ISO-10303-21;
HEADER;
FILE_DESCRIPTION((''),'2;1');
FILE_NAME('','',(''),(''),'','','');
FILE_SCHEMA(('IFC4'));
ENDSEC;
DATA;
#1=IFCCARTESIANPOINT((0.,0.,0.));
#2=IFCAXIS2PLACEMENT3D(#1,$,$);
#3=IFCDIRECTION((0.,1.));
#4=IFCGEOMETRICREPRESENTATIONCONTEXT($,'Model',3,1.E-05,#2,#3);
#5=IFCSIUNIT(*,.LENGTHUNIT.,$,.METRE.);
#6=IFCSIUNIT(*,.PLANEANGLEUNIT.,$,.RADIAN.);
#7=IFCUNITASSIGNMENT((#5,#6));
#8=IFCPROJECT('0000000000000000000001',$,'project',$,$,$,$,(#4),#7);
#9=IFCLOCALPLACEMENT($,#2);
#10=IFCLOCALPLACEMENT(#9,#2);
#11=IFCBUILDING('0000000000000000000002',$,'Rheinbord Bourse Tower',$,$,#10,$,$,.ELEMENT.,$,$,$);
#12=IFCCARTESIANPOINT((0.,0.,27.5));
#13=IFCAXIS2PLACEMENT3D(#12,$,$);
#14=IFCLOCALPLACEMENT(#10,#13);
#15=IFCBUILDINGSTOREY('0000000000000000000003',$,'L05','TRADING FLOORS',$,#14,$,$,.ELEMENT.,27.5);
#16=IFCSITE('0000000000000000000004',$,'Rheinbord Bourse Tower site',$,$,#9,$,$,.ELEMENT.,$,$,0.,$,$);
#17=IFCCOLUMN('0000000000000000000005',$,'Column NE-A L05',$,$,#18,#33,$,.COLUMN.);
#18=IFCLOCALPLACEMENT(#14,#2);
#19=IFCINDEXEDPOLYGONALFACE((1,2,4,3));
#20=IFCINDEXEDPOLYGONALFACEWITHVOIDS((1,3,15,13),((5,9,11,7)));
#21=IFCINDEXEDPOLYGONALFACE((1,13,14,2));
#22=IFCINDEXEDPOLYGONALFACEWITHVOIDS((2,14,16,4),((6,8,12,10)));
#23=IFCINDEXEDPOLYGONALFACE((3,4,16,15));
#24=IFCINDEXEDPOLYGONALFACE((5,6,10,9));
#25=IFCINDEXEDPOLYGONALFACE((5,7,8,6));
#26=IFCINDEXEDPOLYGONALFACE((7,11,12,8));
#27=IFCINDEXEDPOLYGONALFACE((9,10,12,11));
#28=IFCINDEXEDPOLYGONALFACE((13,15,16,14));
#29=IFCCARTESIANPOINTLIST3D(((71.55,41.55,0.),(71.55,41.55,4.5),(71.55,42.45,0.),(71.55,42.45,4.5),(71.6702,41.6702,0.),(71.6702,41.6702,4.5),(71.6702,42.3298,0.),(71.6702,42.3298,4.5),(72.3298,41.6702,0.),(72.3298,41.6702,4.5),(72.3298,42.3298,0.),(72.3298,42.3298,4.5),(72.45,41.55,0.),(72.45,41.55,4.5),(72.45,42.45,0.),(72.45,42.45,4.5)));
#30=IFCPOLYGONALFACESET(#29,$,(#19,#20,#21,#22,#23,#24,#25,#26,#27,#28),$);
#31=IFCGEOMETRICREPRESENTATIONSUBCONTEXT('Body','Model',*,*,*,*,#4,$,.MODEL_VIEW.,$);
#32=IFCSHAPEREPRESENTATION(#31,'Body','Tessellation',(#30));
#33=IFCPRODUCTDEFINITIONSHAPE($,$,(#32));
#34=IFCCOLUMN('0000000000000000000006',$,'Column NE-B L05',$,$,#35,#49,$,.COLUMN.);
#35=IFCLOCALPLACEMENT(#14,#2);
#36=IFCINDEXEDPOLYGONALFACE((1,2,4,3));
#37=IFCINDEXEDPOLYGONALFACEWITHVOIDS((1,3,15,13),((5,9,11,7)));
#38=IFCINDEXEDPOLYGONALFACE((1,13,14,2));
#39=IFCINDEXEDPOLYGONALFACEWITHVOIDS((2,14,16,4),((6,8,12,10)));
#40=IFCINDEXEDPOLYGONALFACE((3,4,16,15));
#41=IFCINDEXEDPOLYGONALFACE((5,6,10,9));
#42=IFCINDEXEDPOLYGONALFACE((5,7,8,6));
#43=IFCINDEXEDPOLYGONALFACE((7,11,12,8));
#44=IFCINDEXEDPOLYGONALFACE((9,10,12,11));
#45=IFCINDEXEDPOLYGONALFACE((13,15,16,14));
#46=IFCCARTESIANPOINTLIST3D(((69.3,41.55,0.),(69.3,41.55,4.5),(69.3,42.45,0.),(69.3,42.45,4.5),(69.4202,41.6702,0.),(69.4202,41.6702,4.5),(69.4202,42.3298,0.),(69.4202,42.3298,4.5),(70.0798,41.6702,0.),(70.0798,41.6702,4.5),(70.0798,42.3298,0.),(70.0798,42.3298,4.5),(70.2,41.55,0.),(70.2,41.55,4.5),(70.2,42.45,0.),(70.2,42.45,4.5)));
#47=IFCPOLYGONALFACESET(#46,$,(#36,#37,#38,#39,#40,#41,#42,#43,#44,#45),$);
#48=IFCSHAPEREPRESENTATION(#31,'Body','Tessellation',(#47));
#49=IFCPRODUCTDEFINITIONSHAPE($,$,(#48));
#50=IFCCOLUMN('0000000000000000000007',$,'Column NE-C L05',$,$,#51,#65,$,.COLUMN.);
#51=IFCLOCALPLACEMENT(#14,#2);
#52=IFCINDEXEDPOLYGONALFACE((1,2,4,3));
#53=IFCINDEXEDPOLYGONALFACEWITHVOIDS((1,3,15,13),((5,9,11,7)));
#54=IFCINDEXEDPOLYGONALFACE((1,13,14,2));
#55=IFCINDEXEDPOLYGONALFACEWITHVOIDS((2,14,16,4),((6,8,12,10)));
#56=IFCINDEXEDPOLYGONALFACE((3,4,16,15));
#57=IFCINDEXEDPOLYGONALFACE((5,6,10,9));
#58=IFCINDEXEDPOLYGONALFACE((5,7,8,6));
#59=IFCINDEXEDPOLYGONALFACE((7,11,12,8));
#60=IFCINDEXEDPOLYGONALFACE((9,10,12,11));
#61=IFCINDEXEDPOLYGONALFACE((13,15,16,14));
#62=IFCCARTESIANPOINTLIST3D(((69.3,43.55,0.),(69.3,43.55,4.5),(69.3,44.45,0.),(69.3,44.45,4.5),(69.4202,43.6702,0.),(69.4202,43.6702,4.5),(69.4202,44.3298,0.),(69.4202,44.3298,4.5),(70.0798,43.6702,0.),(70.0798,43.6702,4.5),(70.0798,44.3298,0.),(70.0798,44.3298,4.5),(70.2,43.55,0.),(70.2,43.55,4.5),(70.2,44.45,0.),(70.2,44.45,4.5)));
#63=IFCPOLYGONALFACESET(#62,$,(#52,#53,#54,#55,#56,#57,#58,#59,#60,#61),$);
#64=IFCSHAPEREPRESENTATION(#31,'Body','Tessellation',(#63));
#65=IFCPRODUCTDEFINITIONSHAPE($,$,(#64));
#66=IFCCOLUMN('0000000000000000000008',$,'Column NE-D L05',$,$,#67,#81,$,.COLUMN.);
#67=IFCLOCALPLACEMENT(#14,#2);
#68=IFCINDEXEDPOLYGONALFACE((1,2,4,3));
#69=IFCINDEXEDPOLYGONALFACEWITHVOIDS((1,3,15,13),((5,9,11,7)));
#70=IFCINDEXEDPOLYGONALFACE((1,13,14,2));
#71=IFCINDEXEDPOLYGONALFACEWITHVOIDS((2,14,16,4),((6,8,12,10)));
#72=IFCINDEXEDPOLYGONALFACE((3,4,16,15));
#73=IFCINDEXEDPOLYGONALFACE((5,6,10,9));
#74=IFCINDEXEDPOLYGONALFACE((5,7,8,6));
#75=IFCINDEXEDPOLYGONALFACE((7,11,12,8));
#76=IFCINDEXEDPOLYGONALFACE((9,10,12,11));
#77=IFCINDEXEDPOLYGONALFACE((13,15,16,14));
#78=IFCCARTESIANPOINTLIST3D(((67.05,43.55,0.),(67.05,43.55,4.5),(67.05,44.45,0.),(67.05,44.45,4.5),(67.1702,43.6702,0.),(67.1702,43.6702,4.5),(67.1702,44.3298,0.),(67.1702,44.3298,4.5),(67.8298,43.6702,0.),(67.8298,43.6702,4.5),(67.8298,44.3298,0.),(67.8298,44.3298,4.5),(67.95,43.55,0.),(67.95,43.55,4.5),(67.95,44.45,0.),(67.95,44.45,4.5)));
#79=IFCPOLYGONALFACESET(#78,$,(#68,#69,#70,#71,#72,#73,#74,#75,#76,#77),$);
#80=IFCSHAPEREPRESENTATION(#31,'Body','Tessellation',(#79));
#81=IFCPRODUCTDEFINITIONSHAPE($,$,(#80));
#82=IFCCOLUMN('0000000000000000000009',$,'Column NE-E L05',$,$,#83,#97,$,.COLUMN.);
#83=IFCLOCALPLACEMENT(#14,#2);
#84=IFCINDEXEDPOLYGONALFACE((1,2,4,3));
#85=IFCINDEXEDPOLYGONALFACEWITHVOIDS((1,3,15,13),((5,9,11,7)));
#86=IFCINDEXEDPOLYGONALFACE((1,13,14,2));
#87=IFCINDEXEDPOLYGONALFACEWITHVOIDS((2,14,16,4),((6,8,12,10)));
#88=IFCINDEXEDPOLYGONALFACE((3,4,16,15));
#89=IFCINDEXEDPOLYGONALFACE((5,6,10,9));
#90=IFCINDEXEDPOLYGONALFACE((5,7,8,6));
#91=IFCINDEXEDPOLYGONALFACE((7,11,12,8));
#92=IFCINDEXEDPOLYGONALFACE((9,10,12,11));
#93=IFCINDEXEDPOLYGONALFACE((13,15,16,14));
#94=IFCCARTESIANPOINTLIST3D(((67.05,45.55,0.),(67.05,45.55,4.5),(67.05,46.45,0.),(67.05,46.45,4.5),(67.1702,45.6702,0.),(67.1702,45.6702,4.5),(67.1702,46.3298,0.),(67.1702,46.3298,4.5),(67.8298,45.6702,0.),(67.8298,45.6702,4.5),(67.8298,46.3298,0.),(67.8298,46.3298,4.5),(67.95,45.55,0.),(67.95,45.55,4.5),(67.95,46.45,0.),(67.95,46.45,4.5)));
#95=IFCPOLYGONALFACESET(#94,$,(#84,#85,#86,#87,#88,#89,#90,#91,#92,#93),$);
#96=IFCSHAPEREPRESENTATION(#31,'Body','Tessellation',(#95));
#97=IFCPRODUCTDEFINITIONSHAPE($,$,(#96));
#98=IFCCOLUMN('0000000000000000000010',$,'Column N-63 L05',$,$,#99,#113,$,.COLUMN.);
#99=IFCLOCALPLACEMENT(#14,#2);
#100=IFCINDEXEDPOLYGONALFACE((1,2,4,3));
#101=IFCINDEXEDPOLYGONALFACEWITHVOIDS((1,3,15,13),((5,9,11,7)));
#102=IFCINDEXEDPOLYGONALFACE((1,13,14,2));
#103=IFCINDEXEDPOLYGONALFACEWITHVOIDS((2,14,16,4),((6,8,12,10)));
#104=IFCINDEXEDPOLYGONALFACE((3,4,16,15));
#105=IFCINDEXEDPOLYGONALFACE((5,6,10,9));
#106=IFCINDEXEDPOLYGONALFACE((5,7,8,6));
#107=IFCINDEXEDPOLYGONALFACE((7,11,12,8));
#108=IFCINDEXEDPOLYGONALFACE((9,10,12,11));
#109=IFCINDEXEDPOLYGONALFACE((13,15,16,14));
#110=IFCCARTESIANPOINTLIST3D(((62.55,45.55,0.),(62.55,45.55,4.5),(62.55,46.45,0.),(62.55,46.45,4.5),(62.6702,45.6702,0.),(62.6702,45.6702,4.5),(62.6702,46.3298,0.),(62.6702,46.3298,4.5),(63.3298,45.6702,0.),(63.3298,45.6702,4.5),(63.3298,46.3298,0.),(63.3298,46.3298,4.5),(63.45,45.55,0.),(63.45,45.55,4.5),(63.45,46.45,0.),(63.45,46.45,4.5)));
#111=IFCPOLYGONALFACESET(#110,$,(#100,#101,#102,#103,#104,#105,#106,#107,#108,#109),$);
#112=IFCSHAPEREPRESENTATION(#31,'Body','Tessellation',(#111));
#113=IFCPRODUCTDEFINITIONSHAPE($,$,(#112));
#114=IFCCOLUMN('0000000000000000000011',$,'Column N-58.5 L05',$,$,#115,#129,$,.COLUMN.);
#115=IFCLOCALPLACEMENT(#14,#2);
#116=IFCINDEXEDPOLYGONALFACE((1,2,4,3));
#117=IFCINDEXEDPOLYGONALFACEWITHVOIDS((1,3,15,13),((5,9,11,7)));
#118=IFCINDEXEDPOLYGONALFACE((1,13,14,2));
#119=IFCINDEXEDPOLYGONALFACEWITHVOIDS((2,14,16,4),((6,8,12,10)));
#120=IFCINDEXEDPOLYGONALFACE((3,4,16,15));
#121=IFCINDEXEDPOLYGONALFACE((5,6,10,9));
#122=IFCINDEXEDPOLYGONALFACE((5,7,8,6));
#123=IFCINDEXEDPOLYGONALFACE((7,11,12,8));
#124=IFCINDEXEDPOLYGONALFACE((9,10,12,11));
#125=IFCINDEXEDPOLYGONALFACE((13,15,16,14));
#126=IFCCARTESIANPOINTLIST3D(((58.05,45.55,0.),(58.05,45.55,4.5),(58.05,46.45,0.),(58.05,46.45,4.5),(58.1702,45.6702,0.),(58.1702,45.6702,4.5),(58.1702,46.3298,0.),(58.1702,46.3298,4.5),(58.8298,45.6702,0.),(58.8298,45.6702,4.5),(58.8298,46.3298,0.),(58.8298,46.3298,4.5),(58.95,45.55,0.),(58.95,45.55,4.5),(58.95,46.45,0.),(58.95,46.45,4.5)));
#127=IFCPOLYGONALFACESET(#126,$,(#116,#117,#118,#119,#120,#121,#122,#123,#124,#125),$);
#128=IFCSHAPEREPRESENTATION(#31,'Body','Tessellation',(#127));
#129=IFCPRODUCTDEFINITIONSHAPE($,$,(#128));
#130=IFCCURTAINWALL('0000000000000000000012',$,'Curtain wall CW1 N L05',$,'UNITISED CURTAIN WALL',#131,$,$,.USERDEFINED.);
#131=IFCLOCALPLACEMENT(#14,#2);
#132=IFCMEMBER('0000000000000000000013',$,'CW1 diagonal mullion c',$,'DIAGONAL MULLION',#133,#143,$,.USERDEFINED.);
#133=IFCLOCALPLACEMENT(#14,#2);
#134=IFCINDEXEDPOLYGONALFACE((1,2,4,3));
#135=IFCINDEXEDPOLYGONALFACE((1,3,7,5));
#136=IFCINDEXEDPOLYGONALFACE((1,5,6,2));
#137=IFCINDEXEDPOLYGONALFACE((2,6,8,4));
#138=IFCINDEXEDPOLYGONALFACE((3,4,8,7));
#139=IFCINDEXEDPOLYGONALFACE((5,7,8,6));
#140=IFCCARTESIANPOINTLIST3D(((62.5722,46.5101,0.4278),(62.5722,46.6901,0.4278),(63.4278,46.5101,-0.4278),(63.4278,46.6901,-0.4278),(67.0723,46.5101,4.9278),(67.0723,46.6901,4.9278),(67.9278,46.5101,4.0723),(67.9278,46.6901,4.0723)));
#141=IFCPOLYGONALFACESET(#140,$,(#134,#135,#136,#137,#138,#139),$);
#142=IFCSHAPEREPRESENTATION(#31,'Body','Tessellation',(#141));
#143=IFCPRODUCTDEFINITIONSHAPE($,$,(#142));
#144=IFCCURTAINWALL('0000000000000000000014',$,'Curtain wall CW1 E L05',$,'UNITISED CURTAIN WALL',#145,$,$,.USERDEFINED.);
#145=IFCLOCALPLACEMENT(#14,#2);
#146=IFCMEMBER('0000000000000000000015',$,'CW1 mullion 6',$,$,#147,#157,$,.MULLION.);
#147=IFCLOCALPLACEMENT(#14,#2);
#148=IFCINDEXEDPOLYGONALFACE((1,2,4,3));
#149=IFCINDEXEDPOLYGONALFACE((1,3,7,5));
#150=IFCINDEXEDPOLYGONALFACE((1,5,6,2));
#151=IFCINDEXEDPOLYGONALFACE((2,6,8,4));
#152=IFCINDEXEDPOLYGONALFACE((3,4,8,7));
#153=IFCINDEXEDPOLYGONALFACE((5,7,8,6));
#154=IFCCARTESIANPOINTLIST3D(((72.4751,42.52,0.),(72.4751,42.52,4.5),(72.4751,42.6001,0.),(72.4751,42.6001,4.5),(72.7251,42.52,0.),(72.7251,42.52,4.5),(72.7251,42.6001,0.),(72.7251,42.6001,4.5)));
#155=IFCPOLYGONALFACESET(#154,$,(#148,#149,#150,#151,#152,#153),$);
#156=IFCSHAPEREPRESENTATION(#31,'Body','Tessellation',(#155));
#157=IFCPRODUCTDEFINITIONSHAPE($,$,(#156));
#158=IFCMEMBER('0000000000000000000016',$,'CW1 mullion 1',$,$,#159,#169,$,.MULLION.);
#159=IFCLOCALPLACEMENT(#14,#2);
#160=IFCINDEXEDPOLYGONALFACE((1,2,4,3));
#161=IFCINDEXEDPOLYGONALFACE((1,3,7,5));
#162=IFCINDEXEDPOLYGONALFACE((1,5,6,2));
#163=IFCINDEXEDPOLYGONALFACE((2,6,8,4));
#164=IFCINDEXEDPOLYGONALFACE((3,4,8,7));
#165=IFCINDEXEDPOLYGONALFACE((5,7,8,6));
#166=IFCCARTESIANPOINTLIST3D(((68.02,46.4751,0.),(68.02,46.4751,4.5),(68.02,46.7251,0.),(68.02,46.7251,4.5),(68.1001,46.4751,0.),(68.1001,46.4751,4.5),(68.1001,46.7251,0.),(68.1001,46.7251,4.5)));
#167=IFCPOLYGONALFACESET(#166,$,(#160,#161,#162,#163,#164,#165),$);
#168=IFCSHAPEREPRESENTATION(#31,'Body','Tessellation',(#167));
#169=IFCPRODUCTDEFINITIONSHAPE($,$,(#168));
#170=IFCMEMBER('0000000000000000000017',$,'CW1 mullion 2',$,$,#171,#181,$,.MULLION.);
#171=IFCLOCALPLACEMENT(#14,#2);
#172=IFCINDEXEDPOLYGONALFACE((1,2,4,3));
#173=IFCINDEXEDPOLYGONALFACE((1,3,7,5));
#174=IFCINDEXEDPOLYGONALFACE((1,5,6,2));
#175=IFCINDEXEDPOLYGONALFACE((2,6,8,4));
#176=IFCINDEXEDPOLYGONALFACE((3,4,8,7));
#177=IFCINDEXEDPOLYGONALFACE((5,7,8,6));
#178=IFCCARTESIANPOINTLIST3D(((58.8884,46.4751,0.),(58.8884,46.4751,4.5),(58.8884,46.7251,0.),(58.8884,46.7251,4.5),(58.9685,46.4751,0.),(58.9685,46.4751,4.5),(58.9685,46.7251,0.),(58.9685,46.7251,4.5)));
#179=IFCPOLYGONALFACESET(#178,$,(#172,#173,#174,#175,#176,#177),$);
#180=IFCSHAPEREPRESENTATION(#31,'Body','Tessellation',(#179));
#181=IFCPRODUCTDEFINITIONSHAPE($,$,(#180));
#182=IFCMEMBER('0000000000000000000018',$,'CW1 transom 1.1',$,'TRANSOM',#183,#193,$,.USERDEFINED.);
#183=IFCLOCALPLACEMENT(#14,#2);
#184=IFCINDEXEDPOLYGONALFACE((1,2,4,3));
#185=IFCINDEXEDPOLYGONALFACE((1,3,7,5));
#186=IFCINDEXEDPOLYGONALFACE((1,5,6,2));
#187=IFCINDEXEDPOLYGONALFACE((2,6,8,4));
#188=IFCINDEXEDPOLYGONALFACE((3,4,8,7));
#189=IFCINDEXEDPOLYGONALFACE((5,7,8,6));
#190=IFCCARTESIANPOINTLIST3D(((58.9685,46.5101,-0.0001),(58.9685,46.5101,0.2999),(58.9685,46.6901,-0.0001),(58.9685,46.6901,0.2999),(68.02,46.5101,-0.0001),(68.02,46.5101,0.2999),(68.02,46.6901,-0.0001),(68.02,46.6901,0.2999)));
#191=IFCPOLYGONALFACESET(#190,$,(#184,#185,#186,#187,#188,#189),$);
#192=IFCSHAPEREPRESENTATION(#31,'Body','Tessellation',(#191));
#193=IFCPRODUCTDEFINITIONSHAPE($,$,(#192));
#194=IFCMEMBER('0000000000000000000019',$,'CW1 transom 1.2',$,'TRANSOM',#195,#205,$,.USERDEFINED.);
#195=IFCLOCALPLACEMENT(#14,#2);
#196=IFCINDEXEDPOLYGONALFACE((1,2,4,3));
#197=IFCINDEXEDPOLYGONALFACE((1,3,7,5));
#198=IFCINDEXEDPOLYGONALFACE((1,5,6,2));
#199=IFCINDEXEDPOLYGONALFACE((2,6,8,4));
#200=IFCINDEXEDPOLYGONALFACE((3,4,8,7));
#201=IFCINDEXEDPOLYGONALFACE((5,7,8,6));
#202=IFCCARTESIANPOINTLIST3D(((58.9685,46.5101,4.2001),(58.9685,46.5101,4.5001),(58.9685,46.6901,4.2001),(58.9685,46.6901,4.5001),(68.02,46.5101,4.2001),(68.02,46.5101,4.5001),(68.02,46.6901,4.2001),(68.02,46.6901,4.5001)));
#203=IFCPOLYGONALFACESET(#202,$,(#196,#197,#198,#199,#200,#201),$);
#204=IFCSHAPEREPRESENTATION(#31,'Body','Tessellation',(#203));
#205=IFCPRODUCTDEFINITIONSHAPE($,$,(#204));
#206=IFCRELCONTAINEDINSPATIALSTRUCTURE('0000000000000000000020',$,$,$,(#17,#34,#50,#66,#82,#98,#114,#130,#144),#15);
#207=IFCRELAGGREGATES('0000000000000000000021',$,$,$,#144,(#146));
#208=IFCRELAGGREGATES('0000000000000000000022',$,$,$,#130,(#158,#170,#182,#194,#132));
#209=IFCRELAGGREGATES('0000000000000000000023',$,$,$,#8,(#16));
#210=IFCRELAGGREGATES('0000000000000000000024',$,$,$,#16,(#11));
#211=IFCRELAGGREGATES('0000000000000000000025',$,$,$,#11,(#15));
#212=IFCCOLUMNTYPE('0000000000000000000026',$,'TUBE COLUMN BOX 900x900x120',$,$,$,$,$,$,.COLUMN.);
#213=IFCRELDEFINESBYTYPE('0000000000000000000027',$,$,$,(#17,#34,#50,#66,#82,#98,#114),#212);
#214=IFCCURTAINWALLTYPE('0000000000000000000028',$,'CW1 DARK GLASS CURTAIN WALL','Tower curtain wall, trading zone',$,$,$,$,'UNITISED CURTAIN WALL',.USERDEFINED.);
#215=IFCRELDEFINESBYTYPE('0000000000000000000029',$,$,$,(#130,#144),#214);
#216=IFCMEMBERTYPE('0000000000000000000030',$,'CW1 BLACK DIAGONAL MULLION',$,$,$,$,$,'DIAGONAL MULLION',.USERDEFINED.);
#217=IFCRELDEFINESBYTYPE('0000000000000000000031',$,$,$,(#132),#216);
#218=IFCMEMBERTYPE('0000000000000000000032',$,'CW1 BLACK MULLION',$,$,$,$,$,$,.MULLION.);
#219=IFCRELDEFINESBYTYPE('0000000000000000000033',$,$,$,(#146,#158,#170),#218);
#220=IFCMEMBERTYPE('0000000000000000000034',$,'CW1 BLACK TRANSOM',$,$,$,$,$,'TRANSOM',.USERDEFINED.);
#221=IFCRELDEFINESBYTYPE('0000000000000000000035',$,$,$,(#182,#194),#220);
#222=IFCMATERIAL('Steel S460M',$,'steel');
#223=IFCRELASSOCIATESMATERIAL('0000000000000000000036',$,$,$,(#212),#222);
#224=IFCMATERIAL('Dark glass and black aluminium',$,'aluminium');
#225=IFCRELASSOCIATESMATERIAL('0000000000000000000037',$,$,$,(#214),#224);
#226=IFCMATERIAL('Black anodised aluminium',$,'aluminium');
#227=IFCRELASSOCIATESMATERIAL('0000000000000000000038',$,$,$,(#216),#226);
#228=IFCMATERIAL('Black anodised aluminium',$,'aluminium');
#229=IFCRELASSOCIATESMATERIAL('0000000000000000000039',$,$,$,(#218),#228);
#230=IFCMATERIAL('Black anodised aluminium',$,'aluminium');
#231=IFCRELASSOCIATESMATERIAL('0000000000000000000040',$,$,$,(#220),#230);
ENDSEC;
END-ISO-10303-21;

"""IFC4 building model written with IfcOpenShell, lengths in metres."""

from ifc_helpers import new_model, si_unit, direction, frame, origin, origin_2d, place, context, subcontext, project, spatial, rectangle, hollow_rectangle, extrude, material, material_profile, profile_set, type_object, element, aggregate, save


model = new_model("IFC4")

# Units and contexts
model_context = context("Model", 3, precision=1e-05, world=origin(), true_north=direction((0.0, 1.0)))
body_context = subcontext(model_context, "Body", "Model", "MODEL_VIEW")
ifc_project = project(units=[si_unit("LENGTHUNIT", "METRE"), si_unit("PLANEANGLEUNIT", "RADIAN")], contexts=[model_context])

# Site, building, storey
site_placement = place(None, origin())
site = spatial("IfcSite", under=ifc_project, at=site_placement, Name="Rheinbord Bourse Tower site", CompositionType="ELEMENT", RefElevation=0.0)
building_placement = place(site_placement, origin())
building = spatial("IfcBuilding", under=site, at=building_placement, Name="Rheinbord Bourse Tower", CompositionType="ELEMENT")
storey_placement = place(building_placement, frame((0.0, 0.0, 27.5)))
storey = spatial("IfcBuildingStorey", under=building, at=storey_placement, Name="L05", Description="TRADING FLOORS", CompositionType="ELEMENT", Elevation=27.5)

# Columns
ifc_material_1 = material(Name="Steel S460M", Category="steel")
ifc_material_profile_1 = material_profile(ifc_material_1, hollow_rectangle(XDim=0.8999, YDim=0.8999, WallThickness=0.1201, at=origin_2d()), Name="BOX 900x900x120")
ifc_profile_set_1 = profile_set([ifc_material_profile_1], Name="Steel S460M")
column_type = type_object("IfcColumnType", Name="TUBE COLUMN BOX 900x900x120", PredefinedType="COLUMN", material=ifc_profile_set_1)
for number, where, z_axis, x_axis, name in (
    (1, (72.0, 42.0, 0.0), (0.0, 0.0, 1.0), (1.0, 0.0, 0.0), "Column NE-A L05"),
    (2, (69.75, 42.0, 0.0), (0.0, 0.0, 1.0), (1.0, 0.0, 0.0), "Column NE-B L05"),
    (3, (69.75, 44.0, 0.0), (0.0, 0.0, 1.0), (1.0, 0.0, 0.0), "Column NE-C L05"),
    (4, (67.5, 44.0, 0.0), (0.0, 0.0, 1.0), (0.0, 1.0, 0.0), "Column NE-D L05"),
    (5, (67.5, 46.0, 0.0), (0.0, 0.0, 1.0), (0.0, 1.0, 0.0), "Column NE-E L05"),
    (6, (63.0, 46.0, 0.0), (0.0, 0.0, 1.0), (0.0, 1.0, 0.0), "Column N-63 L05"),
    (7, (58.5, 46.0, 0.0), (0.0, 0.0, 1.0), (0.0, 1.0, 0.0), "Column N-58.5 L05"),
):
    element("IfcColumn", number, at=place(storey_placement, frame(where, z_axis=z_axis, x_axis=x_axis)), inside=storey, type_object=column_type, Name=name, PredefinedType="COLUMN", context=body_context, shape_type="SweptSolid", body=[
        extrude(hollow_rectangle(XDim=0.8999, YDim=0.8999, WallThickness=0.1201, at=origin_2d()), origin(), (0.0, 0.0, 1.0), 4.5),
    ])

# Curtain walls, members
ifc_material_2 = material(Name="Dark glass and black aluminium", Category="aluminium")
curtain_wall_type = type_object("IfcCurtainWallType", Name="CW1 DARK GLASS CURTAIN WALL", Description="Tower curtain wall, trading zone", ElementType="UNITISED CURTAIN WALL", PredefinedType="USERDEFINED", material=ifc_material_2)
curtain_wall_1_placement = place(storey_placement, origin())
curtain_wall_1 = element("IfcCurtainWall", 8, at=curtain_wall_1_placement, inside=storey, type_object=curtain_wall_type, Name="Curtain wall CW1 N L05", ObjectType="UNITISED CURTAIN WALL", PredefinedType="USERDEFINED")
ifc_material_3 = material(Name="Black anodised aluminium", Category="aluminium")
ifc_material_profile_2 = material_profile(ifc_material_3, rectangle(XDim=0.1799, YDim=1.21, at=origin_2d()), Name="CW1 DIAGONAL MULLION 1210x180")
ifc_profile_set_2 = profile_set([ifc_material_profile_2], Name="Black anodised aluminium")
member_type_1 = type_object("IfcMemberType", Name="CW1 BLACK DIAGONAL MULLION", ElementType="DIAGONAL MULLION", PredefinedType="USERDEFINED", material=ifc_profile_set_2)
member_1_placement = place(storey_placement, frame((63.0, 46.6001, 0.0), z_axis=(0.707107, 0.0, 0.707107), x_axis=(0.0, 1.0, 0.0)))
member_1 = element("IfcMember", 9, at=member_1_placement, type_object=member_type_1, Name="CW1 diagonal mullion c", ObjectType="DIAGONAL MULLION", PredefinedType="USERDEFINED", context=body_context, shape_type="SweptSolid", body=[
    extrude(rectangle(XDim=0.1799, YDim=1.21, at=origin_2d()), origin(), (0.0, 0.0, 1.0), 6.364),
])
curtain_wall_2_placement = place(storey_placement, origin())
curtain_wall_2 = element("IfcCurtainWall", 10, at=curtain_wall_2_placement, inside=storey, type_object=curtain_wall_type, Name="Curtain wall CW1 E L05", ObjectType="UNITISED CURTAIN WALL", PredefinedType="USERDEFINED")
ifc_material_4 = material(Name="Black anodised aluminium", Category="aluminium")
ifc_material_profile_3 = material_profile(ifc_material_4, rectangle(XDim=0.25, YDim=0.0801, at=origin_2d()), Name="CW1 MULLION 80x250")
ifc_profile_set_3 = profile_set([ifc_material_profile_3], Name="Black anodised aluminium")
member_type_2 = type_object("IfcMemberType", Name="CW1 BLACK MULLION", PredefinedType="MULLION", material=ifc_profile_set_3)
member_2_placement = place(storey_placement, frame((72.6001, 42.5601, 0.0), z_axis=(0.0, 0.0, 1.0), x_axis=(-1.0, 0.0, 0.0)))
member_2 = element("IfcMember", 11, at=member_2_placement, type_object=member_type_2, Name="CW1 mullion 6", PredefinedType="MULLION", context=body_context, shape_type="SweptSolid", body=[
    extrude(rectangle(XDim=0.25, YDim=0.0801, at=origin_2d()), origin(), (0.0, 0.0, 1.0), 4.5),
])
aggregate(curtain_wall_2, [member_2])

# Members
member_3_placement = place(storey_placement, frame((68.0601, 46.6001, 0.0), z_axis=(0.0, 0.0, 1.0), x_axis=(0.0, -1.0, 0.0)))
member_3 = element("IfcMember", 12, at=member_3_placement, type_object=member_type_2, Name="CW1 mullion 1", PredefinedType="MULLION", context=body_context, shape_type="SweptSolid", body=[
    extrude(rectangle(XDim=0.25, YDim=0.0801, at=origin_2d()), origin(), (0.0, 0.0, 1.0), 4.5),
])
member_4_placement = place(storey_placement, frame((58.9285, 46.6001, 0.0), z_axis=(0.0, 0.0, 1.0), x_axis=(0.0, -1.0, 0.0)))
member_4 = element("IfcMember", 13, at=member_4_placement, type_object=member_type_2, Name="CW1 mullion 2", PredefinedType="MULLION", context=body_context, shape_type="SweptSolid", body=[
    extrude(rectangle(XDim=0.25, YDim=0.0801, at=origin_2d()), origin(), (0.0, 0.0, 1.0), 4.5),
])
ifc_material_5 = material(Name="Black anodised aluminium", Category="aluminium")
ifc_material_profile_4 = material_profile(ifc_material_5, rectangle(XDim=0.1799, YDim=0.3, at=origin_2d()), Name="CW1 TRANSOM 300x180")
ifc_profile_set_4 = profile_set([ifc_material_profile_4], Name="Black anodised aluminium")
member_type_3 = type_object("IfcMemberType", Name="CW1 BLACK TRANSOM", ElementType="TRANSOM", PredefinedType="USERDEFINED", material=ifc_profile_set_4)
member_5_placement = place(storey_placement, frame((68.02, 46.6001, 0.1499), z_axis=(-1.0, 0.0, 0.0), x_axis=(0.0, -1.0, 0.0)))
member_5 = element("IfcMember", 14, at=member_5_placement, type_object=member_type_3, Name="CW1 transom 1.1", ObjectType="TRANSOM", PredefinedType="USERDEFINED", context=body_context, shape_type="SweptSolid", body=[
    extrude(rectangle(XDim=0.1799, YDim=0.3, at=origin_2d()), origin(), (0.0, 0.0, 1.0), 9.0515),
])
member_6_placement = place(storey_placement, frame((68.02, 46.6001, 4.3501), z_axis=(-1.0, 0.0, 0.0), x_axis=(0.0, -1.0, 0.0)))
member_6 = element("IfcMember", 15, at=member_6_placement, type_object=member_type_3, Name="CW1 transom 1.2", ObjectType="TRANSOM", PredefinedType="USERDEFINED", context=body_context, shape_type="SweptSolid", body=[
    extrude(rectangle(XDim=0.1799, YDim=0.3, at=origin_2d()), origin(), (0.0, 0.0, 1.0), 9.0515),
])

aggregate(curtain_wall_1, [member_3, member_4, member_5, member_6, member_1])

save(model, "model.ifc")
